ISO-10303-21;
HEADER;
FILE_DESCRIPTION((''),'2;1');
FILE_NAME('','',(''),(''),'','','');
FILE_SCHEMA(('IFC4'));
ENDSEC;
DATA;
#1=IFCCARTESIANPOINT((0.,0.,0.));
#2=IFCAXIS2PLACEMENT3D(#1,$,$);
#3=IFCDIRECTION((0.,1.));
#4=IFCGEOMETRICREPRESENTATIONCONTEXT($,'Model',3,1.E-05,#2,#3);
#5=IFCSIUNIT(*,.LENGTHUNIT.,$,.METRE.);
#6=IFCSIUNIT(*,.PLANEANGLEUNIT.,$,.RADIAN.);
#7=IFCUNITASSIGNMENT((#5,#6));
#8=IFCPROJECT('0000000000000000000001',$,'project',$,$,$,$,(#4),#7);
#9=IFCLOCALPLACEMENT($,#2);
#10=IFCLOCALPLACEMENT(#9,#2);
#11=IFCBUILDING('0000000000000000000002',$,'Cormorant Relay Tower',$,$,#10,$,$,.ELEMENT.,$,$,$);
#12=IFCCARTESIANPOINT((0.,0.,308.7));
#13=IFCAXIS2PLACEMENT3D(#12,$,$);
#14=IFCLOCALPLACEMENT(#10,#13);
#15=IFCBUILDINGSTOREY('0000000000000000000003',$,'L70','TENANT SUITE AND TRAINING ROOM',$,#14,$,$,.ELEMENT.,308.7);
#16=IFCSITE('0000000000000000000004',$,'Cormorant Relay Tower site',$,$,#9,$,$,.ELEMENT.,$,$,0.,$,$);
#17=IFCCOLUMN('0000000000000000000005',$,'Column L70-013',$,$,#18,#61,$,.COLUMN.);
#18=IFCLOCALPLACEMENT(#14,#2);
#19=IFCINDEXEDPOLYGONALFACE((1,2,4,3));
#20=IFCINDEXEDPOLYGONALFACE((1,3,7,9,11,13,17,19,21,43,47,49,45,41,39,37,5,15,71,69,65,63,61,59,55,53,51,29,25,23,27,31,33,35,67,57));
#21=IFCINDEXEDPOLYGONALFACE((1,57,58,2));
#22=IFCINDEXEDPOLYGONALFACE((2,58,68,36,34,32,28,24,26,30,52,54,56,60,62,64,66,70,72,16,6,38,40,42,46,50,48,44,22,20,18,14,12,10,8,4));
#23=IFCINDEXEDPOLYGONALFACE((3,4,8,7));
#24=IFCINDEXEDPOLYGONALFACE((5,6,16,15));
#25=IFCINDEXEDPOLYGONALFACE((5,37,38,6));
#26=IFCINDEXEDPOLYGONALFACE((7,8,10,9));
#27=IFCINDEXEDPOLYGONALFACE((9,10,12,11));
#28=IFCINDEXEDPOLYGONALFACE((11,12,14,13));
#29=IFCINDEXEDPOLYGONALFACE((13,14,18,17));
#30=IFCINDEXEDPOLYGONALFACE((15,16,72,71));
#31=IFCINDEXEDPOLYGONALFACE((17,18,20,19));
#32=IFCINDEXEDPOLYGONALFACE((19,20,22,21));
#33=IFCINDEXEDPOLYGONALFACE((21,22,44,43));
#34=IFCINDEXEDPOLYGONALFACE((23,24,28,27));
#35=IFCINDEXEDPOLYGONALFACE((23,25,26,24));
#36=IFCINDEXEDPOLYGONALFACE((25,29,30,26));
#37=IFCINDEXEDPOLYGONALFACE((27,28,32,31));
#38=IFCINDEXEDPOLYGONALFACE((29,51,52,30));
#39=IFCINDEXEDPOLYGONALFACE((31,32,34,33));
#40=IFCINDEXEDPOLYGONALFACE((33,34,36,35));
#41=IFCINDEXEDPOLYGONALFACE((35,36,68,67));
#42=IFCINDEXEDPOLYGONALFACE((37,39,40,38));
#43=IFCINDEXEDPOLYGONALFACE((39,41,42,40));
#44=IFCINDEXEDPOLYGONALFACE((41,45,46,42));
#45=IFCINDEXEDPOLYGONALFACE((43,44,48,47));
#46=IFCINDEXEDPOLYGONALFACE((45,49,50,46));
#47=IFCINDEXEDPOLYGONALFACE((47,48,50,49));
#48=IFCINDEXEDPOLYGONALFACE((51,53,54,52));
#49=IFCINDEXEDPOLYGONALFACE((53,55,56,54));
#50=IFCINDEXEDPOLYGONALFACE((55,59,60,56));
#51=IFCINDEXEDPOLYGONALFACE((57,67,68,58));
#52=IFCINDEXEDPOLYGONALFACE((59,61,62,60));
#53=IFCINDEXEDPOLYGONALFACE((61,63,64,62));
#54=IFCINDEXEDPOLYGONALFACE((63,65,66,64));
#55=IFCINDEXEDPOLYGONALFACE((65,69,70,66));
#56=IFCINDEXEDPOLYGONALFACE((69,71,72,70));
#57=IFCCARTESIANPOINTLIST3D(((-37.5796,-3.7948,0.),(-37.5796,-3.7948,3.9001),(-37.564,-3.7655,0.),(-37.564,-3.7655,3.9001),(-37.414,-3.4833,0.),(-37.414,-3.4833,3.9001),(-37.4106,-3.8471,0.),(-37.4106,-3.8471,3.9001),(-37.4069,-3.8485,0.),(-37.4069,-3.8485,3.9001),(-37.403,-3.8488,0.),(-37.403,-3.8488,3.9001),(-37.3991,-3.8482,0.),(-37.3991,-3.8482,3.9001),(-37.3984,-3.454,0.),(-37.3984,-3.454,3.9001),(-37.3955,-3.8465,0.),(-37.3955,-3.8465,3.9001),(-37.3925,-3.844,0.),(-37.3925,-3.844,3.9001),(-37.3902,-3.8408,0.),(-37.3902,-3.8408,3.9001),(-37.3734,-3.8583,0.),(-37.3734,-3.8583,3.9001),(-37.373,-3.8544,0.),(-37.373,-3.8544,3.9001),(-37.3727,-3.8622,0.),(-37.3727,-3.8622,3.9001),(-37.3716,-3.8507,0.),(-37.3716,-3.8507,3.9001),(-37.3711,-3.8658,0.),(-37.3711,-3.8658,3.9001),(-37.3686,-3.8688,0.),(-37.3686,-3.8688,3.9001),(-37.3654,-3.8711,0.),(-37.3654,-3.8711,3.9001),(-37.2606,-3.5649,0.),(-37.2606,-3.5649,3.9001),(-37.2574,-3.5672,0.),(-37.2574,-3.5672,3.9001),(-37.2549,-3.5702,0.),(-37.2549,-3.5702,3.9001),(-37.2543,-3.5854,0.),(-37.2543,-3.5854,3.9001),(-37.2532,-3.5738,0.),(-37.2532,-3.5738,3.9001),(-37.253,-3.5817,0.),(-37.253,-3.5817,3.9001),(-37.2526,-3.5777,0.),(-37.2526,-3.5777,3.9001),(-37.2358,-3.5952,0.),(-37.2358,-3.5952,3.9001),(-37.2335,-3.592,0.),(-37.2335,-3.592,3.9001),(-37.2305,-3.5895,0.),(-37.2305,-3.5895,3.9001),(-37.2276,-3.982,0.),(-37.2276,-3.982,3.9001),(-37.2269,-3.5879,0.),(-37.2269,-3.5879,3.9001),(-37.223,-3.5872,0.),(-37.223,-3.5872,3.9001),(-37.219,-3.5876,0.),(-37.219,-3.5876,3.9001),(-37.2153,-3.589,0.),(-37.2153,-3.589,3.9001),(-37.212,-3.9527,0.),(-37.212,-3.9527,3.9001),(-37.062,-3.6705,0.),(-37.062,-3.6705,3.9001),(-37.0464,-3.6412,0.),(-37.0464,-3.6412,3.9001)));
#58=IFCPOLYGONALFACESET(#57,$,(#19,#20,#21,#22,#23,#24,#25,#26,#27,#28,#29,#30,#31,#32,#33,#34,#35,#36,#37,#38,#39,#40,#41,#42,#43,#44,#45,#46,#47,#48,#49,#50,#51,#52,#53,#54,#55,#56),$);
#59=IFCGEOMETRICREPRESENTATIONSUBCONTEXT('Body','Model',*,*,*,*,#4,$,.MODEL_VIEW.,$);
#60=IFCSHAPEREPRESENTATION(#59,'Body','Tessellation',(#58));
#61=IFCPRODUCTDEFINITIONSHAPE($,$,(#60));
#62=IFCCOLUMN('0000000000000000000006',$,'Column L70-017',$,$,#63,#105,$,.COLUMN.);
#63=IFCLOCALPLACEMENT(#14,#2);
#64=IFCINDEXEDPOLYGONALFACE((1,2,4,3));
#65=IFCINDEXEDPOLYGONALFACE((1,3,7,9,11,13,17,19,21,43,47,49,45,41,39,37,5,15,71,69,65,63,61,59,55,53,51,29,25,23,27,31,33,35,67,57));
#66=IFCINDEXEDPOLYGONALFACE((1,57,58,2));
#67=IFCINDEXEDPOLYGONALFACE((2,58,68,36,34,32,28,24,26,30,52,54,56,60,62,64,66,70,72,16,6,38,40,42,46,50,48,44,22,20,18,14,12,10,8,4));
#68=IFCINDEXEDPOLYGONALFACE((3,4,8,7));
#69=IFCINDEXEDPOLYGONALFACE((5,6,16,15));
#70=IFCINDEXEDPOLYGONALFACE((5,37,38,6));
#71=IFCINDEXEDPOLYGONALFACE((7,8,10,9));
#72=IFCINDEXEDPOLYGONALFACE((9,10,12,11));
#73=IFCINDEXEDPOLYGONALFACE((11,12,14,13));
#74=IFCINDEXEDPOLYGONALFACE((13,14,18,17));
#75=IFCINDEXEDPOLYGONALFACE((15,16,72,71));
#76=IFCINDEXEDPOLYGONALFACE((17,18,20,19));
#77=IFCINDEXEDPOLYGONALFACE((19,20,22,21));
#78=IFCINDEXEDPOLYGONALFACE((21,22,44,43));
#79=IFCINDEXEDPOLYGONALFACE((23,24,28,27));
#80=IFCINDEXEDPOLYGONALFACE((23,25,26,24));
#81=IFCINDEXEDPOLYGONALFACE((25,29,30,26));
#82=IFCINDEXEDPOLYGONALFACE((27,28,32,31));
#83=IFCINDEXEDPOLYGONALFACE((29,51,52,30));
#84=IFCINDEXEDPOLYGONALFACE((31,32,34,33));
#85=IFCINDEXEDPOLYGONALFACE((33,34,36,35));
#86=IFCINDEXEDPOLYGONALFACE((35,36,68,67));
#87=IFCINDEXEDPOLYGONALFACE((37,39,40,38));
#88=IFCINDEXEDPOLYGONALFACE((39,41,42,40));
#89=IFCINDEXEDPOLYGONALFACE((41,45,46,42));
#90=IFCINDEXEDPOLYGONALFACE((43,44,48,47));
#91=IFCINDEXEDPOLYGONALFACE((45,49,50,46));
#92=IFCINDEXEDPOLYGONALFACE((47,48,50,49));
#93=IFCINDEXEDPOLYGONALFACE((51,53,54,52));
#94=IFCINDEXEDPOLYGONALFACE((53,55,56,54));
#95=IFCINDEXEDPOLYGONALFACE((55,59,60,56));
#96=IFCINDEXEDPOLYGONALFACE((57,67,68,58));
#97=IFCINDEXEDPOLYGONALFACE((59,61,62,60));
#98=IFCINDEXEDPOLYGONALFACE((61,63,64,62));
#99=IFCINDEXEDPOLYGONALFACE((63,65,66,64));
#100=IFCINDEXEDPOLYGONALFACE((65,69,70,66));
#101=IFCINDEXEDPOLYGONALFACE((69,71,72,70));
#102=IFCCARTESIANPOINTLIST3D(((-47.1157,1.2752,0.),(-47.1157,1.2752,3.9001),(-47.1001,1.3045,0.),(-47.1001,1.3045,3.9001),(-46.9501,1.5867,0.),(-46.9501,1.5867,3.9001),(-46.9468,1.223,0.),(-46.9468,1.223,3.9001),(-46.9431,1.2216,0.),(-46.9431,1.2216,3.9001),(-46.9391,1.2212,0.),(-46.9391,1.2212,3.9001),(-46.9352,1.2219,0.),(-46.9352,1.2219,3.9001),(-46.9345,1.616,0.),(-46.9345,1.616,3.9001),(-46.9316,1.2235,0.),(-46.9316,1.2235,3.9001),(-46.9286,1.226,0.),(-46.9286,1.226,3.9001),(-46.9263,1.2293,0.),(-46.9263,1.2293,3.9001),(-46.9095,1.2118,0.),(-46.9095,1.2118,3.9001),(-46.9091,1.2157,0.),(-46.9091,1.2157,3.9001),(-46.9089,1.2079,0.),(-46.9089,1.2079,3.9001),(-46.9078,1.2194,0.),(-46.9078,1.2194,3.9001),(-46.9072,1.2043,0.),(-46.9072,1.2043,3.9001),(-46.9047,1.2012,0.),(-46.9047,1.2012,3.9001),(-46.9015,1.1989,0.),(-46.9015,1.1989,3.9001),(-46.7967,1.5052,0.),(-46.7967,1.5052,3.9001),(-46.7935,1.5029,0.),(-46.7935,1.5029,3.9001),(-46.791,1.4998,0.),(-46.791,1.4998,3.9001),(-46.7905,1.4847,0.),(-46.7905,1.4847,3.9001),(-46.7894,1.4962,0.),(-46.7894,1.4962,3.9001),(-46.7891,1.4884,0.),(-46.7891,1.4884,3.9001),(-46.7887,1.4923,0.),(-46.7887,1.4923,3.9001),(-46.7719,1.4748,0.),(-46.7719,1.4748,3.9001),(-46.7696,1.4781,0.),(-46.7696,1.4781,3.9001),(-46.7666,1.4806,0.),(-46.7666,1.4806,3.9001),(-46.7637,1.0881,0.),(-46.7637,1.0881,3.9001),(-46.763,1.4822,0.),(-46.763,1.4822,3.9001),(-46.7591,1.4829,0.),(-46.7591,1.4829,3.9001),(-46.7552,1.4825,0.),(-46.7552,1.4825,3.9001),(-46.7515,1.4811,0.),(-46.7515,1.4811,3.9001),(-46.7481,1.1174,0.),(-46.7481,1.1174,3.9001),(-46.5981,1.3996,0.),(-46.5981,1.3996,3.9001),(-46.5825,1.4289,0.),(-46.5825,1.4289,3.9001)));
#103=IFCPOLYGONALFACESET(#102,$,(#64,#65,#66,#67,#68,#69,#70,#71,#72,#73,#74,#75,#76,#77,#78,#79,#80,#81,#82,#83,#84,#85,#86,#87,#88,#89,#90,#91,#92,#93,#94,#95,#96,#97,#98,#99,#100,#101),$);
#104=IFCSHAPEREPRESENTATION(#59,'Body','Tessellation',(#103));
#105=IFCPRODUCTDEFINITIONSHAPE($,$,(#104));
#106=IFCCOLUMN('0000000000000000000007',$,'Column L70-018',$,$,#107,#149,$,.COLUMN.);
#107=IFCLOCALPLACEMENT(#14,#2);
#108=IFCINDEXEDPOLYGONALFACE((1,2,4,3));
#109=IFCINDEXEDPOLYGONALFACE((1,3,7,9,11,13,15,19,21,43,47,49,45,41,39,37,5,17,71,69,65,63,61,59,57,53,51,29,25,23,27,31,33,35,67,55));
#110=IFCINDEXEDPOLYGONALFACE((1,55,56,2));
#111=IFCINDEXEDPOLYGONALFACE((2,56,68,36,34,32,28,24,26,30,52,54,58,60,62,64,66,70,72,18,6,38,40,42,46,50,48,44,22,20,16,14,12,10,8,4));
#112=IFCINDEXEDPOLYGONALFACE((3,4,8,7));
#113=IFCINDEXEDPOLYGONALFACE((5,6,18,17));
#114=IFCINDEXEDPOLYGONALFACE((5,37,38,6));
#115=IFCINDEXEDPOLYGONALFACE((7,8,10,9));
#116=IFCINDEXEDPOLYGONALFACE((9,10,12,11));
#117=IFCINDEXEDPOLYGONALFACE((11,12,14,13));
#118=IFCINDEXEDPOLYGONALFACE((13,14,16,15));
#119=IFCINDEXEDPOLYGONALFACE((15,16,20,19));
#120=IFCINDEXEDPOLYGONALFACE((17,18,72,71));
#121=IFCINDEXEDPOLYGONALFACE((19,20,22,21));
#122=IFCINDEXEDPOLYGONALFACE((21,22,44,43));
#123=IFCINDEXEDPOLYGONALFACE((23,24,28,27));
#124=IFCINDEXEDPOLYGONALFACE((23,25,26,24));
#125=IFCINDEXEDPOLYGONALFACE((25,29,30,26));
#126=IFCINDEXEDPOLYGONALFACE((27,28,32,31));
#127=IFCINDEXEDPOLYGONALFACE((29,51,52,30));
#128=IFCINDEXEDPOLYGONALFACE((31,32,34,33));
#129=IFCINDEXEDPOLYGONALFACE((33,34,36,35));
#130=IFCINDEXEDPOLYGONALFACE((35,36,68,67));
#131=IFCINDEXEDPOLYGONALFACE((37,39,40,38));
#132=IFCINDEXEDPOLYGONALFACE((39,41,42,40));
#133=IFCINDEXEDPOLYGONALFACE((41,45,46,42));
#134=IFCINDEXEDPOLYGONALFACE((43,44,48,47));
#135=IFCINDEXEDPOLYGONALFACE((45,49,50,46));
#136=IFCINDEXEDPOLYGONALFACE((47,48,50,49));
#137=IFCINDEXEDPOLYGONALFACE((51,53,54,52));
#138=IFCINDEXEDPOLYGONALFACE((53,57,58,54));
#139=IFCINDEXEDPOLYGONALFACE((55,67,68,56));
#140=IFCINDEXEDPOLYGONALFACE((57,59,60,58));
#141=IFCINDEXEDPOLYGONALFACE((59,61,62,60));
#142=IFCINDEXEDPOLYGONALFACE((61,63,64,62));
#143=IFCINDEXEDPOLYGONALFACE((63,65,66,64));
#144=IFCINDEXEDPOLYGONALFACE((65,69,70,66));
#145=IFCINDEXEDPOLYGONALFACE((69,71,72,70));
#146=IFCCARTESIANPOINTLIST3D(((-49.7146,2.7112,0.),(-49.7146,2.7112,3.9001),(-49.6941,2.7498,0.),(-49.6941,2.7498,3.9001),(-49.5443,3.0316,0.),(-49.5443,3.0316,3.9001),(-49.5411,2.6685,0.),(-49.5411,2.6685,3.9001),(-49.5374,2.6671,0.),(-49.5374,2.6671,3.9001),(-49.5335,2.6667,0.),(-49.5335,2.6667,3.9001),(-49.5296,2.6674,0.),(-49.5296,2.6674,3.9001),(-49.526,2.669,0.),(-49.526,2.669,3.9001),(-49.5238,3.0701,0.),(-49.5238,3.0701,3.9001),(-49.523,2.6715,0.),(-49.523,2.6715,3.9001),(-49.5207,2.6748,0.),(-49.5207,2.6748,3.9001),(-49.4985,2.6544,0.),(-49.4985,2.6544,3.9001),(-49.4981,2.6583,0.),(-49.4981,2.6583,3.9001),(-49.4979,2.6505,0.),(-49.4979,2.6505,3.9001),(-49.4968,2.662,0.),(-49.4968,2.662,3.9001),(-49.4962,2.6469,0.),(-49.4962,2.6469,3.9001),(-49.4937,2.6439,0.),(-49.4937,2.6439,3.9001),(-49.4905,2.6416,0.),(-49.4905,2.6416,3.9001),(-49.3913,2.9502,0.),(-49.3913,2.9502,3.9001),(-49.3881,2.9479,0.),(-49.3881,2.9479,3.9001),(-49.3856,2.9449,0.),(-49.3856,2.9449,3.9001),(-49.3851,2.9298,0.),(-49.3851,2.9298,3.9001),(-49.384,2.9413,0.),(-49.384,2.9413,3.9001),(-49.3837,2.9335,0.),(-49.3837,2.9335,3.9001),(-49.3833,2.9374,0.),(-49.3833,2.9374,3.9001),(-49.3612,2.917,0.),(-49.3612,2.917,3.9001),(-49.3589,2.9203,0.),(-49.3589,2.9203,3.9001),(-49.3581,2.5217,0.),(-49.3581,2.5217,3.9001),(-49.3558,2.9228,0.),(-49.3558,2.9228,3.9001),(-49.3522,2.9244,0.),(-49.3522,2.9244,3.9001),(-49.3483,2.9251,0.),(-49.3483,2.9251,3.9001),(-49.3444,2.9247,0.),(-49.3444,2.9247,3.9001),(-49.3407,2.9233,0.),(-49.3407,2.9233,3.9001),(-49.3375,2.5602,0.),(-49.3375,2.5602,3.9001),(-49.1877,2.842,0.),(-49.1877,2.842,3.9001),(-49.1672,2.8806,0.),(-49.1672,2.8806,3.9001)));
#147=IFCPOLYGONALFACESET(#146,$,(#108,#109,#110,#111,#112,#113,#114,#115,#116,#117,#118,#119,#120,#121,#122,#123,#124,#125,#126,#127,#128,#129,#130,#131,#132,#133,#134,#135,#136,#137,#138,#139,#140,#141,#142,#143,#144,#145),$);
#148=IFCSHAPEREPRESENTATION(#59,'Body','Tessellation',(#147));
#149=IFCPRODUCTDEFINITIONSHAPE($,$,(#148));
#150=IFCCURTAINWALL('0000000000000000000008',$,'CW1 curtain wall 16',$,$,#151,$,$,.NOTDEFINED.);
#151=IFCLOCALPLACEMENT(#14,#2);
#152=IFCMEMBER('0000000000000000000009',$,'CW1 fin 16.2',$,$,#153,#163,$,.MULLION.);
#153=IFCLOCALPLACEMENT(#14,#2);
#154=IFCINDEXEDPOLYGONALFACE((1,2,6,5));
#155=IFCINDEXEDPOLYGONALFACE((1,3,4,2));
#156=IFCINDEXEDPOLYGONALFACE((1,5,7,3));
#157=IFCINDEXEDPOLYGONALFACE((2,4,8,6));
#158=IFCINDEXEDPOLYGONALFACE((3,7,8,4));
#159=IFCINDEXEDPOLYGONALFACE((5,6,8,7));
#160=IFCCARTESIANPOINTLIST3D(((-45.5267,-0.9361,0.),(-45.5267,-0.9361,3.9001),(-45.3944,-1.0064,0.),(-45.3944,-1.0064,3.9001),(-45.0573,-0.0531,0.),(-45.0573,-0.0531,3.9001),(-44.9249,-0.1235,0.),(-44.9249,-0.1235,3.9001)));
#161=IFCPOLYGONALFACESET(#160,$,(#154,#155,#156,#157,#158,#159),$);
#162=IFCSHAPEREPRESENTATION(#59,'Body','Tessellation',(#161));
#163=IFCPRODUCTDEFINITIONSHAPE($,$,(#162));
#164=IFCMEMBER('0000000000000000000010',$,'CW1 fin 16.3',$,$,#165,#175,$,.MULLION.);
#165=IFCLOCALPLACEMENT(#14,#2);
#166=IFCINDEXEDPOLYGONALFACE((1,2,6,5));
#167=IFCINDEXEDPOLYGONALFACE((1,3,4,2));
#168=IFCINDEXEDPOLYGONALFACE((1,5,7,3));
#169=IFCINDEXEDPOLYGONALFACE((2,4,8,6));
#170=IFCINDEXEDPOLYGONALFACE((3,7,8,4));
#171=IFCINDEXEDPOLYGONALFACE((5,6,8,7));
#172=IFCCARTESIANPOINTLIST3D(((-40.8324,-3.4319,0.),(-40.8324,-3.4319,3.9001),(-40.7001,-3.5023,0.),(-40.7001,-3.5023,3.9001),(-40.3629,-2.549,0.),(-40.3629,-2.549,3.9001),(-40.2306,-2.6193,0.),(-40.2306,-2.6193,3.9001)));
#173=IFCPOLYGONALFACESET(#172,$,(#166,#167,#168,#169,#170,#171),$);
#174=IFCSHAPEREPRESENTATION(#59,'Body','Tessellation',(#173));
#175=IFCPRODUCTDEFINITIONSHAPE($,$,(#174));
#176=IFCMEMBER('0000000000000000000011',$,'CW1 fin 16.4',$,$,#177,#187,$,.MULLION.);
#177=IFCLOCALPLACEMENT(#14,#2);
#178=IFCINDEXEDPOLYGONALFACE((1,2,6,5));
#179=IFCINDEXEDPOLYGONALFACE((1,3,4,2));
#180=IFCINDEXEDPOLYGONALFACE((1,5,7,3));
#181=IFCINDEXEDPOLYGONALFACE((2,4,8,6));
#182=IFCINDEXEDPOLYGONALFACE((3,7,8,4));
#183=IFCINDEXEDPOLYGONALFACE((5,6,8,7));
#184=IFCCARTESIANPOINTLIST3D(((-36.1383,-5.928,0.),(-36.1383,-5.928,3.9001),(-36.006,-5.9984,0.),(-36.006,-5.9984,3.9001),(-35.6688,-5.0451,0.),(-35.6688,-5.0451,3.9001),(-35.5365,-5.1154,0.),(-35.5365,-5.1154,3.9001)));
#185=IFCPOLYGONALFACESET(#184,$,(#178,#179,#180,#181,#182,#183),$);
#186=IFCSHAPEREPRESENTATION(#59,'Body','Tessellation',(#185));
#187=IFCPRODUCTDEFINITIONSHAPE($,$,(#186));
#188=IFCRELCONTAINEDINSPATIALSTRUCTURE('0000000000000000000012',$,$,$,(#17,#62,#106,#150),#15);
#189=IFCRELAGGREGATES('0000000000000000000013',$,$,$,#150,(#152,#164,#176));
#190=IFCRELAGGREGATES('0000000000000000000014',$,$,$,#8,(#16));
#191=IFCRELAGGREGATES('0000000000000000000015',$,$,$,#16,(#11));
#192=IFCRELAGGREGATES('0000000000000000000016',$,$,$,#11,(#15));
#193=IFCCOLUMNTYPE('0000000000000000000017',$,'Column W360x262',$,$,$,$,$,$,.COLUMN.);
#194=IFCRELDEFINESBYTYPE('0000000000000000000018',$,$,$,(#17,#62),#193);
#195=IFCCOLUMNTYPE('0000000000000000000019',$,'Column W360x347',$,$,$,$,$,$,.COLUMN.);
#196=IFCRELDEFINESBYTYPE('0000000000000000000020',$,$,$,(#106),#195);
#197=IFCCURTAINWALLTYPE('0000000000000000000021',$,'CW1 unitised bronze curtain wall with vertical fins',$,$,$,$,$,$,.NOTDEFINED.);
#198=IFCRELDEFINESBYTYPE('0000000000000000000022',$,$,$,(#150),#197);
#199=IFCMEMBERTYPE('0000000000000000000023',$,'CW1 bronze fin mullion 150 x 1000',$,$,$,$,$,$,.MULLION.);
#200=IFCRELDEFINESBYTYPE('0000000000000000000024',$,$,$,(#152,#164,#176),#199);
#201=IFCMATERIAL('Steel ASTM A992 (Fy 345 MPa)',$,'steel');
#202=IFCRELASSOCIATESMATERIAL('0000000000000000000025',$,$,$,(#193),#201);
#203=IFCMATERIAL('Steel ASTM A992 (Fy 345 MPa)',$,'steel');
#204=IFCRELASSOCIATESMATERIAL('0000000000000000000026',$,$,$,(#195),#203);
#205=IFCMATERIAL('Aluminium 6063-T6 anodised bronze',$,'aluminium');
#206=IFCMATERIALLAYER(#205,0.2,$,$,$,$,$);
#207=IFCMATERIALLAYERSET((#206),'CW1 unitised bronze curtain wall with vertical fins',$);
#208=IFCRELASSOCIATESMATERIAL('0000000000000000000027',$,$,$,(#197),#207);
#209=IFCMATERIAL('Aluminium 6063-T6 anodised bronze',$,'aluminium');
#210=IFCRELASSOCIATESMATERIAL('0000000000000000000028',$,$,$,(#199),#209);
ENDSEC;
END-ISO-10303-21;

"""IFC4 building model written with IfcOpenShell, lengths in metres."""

from ifc_helpers import new_model, si_unit, direction, frame, origin, origin_2d, place, context, subcontext, project, spatial, rectangle, i_section, extrude, material, layer, layer_set, material_profile, profile_set, type_object, element, aggregate, save


model = new_model("IFC4")

# Units and contexts
model_context = context("Model", 3, precision=1e-05, world=origin(), true_north=direction((0.0, 1.0)))
body_context = subcontext(model_context, "Body", "Model", "MODEL_VIEW")
ifc_project = project(units=[si_unit("LENGTHUNIT", "METRE"), si_unit("PLANEANGLEUNIT", "RADIAN")], contexts=[model_context])

# Site, building, storey
site_placement = place(None, origin())
site = spatial("IfcSite", under=ifc_project, at=site_placement, Name="Cormorant Relay Tower site", CompositionType="ELEMENT", RefElevation=0.0)
building_placement = place(site_placement, origin())
building = spatial("IfcBuilding", under=site, at=building_placement, Name="Cormorant Relay Tower", CompositionType="ELEMENT")
storey_placement = place(building_placement, frame((0.0, 0.0, 308.7)))
storey = spatial("IfcBuildingStorey", under=building, at=storey_placement, Name="L70", Description="TENANT SUITE AND TRAINING ROOM", CompositionType="ELEMENT", Elevation=308.7)

# Columns
ifc_material_1 = material(Name="Steel ASTM A992 (Fy 345 MPa)", Category="steel")
ifc_material_profile_1 = material_profile(ifc_material_1, i_section(OverallWidth=0.3987, OverallDepth=0.386, WebThickness=0.021, FlangeThickness=0.0332, FilletRadius=0.0151, at=origin_2d()), Name="W360x262")
ifc_profile_set_1 = profile_set([ifc_material_profile_1], Name="Steel ASTM A992 (Fy 345 MPa)")
column_type_1 = type_object("IfcColumnType", Name="Column W360x262", PredefinedType="COLUMN", material=ifc_profile_set_1)
for number, where, z_axis, x_axis, name in (
    (1, (-37.313, -3.718, 0.0), (0.0, 0.0, 1.0), (0.882948, -0.469472, 0.0), "Column L70-013"),
    (2, (-46.8491, 1.3521, 0.0), (0.0, 0.0, 1.0), (0.882948, -0.469472, 0.0), "Column L70-017"),
):
    element("IfcColumn", number, at=place(storey_placement, frame(where, z_axis=z_axis, x_axis=x_axis)), inside=storey, type_object=column_type_1, Name=name, PredefinedType="COLUMN", context=body_context, shape_type="SweptSolid", body=[
        extrude(i_section(OverallWidth=0.3987, OverallDepth=0.386, WebThickness=0.021, FlangeThickness=0.0332, FilletRadius=0.0151, at=origin_2d()), origin(), (0.0, 0.0, 1.0), 3.9001),
    ])
ifc_material_2 = material(Name="Steel ASTM A992 (Fy 345 MPa)", Category="steel")
ifc_material_profile_2 = material_profile(ifc_material_2, i_section(OverallWidth=0.4038, OverallDepth=0.4065, WebThickness=0.0271, FlangeThickness=0.0437, FilletRadius=0.0151, at=origin_2d()), Name="W360x347")
ifc_profile_set_2 = profile_set([ifc_material_profile_2], Name="Steel ASTM A992 (Fy 345 MPa)")
column_type_2 = type_object("IfcColumnType", Name="Column W360x347", PredefinedType="COLUMN", material=ifc_profile_set_2)
column_placement = place(storey_placement, frame((-49.4409, 2.7959, 0.0), z_axis=(0.0, 0.0, 1.0), x_axis=(0.882948, -0.469472, 0.0)))
element("IfcColumn", 3, at=column_placement, inside=storey, type_object=column_type_2, Name="Column L70-018", PredefinedType="COLUMN", context=body_context, shape_type="SweptSolid", body=[
    extrude(i_section(OverallWidth=0.4038, OverallDepth=0.4065, WebThickness=0.0271, FlangeThickness=0.0437, FilletRadius=0.0151, at=origin_2d()), origin(), (0.0, 0.0, 1.0), 3.9001),
])

# Curtain wall, members
ifc_material_3 = material(Name="Aluminium 6063-T6 anodised bronze", Category="aluminium")
ifc_layer_1 = layer(ifc_material_3, 0.2)
ifc_layer_set_1 = layer_set([ifc_layer_1], Name="CW1 unitised bronze curtain wall with vertical fins")
curtain_wall_type = type_object("IfcCurtainWallType", Name="CW1 unitised bronze curtain wall with vertical fins", PredefinedType="NOTDEFINED", material=ifc_layer_set_1)
curtain_wall_placement = place(storey_placement, origin())
curtain_wall = element("IfcCurtainWall", 4, at=curtain_wall_placement, inside=storey, type_object=curtain_wall_type, Name="CW1 curtain wall 16", PredefinedType="NOTDEFINED")
ifc_material_4 = material(Name="Aluminium 6063-T6 anodised bronze", Category="aluminium")
ifc_material_profile_3 = material_profile(ifc_material_4, rectangle(XDim=0.1499, YDim=1.0, at=origin_2d()), Name="AL 150x1000")
ifc_profile_set_3 = profile_set([ifc_material_profile_3], Name="Aluminium 6063-T6 anodised bronze")
member_type = type_object("IfcMemberType", Name="CW1 bronze fin mullion 150 x 1000", PredefinedType="MULLION", material=ifc_profile_set_3)
member_1_placement = place(storey_placement, frame((-45.2258, -0.5298, 0.0), z_axis=(0.0, 0.0, 1.0), x_axis=(0.882948, -0.469472, 0.0)))
member_1 = element("IfcMember", 5, at=member_1_placement, type_object=member_type, Name="CW1 fin 16.2", PredefinedType="MULLION", context=body_context, shape_type="SweptSolid", body=[
    extrude(rectangle(XDim=0.1499, YDim=1.0, at=origin_2d()), origin(), (0.0, 0.0, 1.0), 3.9001),
])
member_2_placement = place(storey_placement, frame((-40.5315, -3.0256, 0.0), z_axis=(0.0, 0.0, 1.0), x_axis=(0.882948, -0.469472, 0.0)))
member_2 = element("IfcMember", 6, at=member_2_placement, type_object=member_type, Name="CW1 fin 16.3", PredefinedType="MULLION", context=body_context, shape_type="SweptSolid", body=[
    extrude(rectangle(XDim=0.1499, YDim=1.0, at=origin_2d()), origin(), (0.0, 0.0, 1.0), 3.9001),
])
member_3_placement = place(storey_placement, frame((-35.8374, -5.5217, 0.0), z_axis=(0.0, 0.0, 1.0), x_axis=(0.882948, -0.469472, 0.0)))
member_3 = element("IfcMember", 7, at=member_3_placement, type_object=member_type, Name="CW1 fin 16.4", PredefinedType="MULLION", context=body_context, shape_type="SweptSolid", body=[
    extrude(rectangle(XDim=0.1499, YDim=1.0, at=origin_2d()), origin(), (0.0, 0.0, 1.0), 3.9001),
])

aggregate(curtain_wall, [member_1, member_2, member_3])

save(model, "model.ifc")
